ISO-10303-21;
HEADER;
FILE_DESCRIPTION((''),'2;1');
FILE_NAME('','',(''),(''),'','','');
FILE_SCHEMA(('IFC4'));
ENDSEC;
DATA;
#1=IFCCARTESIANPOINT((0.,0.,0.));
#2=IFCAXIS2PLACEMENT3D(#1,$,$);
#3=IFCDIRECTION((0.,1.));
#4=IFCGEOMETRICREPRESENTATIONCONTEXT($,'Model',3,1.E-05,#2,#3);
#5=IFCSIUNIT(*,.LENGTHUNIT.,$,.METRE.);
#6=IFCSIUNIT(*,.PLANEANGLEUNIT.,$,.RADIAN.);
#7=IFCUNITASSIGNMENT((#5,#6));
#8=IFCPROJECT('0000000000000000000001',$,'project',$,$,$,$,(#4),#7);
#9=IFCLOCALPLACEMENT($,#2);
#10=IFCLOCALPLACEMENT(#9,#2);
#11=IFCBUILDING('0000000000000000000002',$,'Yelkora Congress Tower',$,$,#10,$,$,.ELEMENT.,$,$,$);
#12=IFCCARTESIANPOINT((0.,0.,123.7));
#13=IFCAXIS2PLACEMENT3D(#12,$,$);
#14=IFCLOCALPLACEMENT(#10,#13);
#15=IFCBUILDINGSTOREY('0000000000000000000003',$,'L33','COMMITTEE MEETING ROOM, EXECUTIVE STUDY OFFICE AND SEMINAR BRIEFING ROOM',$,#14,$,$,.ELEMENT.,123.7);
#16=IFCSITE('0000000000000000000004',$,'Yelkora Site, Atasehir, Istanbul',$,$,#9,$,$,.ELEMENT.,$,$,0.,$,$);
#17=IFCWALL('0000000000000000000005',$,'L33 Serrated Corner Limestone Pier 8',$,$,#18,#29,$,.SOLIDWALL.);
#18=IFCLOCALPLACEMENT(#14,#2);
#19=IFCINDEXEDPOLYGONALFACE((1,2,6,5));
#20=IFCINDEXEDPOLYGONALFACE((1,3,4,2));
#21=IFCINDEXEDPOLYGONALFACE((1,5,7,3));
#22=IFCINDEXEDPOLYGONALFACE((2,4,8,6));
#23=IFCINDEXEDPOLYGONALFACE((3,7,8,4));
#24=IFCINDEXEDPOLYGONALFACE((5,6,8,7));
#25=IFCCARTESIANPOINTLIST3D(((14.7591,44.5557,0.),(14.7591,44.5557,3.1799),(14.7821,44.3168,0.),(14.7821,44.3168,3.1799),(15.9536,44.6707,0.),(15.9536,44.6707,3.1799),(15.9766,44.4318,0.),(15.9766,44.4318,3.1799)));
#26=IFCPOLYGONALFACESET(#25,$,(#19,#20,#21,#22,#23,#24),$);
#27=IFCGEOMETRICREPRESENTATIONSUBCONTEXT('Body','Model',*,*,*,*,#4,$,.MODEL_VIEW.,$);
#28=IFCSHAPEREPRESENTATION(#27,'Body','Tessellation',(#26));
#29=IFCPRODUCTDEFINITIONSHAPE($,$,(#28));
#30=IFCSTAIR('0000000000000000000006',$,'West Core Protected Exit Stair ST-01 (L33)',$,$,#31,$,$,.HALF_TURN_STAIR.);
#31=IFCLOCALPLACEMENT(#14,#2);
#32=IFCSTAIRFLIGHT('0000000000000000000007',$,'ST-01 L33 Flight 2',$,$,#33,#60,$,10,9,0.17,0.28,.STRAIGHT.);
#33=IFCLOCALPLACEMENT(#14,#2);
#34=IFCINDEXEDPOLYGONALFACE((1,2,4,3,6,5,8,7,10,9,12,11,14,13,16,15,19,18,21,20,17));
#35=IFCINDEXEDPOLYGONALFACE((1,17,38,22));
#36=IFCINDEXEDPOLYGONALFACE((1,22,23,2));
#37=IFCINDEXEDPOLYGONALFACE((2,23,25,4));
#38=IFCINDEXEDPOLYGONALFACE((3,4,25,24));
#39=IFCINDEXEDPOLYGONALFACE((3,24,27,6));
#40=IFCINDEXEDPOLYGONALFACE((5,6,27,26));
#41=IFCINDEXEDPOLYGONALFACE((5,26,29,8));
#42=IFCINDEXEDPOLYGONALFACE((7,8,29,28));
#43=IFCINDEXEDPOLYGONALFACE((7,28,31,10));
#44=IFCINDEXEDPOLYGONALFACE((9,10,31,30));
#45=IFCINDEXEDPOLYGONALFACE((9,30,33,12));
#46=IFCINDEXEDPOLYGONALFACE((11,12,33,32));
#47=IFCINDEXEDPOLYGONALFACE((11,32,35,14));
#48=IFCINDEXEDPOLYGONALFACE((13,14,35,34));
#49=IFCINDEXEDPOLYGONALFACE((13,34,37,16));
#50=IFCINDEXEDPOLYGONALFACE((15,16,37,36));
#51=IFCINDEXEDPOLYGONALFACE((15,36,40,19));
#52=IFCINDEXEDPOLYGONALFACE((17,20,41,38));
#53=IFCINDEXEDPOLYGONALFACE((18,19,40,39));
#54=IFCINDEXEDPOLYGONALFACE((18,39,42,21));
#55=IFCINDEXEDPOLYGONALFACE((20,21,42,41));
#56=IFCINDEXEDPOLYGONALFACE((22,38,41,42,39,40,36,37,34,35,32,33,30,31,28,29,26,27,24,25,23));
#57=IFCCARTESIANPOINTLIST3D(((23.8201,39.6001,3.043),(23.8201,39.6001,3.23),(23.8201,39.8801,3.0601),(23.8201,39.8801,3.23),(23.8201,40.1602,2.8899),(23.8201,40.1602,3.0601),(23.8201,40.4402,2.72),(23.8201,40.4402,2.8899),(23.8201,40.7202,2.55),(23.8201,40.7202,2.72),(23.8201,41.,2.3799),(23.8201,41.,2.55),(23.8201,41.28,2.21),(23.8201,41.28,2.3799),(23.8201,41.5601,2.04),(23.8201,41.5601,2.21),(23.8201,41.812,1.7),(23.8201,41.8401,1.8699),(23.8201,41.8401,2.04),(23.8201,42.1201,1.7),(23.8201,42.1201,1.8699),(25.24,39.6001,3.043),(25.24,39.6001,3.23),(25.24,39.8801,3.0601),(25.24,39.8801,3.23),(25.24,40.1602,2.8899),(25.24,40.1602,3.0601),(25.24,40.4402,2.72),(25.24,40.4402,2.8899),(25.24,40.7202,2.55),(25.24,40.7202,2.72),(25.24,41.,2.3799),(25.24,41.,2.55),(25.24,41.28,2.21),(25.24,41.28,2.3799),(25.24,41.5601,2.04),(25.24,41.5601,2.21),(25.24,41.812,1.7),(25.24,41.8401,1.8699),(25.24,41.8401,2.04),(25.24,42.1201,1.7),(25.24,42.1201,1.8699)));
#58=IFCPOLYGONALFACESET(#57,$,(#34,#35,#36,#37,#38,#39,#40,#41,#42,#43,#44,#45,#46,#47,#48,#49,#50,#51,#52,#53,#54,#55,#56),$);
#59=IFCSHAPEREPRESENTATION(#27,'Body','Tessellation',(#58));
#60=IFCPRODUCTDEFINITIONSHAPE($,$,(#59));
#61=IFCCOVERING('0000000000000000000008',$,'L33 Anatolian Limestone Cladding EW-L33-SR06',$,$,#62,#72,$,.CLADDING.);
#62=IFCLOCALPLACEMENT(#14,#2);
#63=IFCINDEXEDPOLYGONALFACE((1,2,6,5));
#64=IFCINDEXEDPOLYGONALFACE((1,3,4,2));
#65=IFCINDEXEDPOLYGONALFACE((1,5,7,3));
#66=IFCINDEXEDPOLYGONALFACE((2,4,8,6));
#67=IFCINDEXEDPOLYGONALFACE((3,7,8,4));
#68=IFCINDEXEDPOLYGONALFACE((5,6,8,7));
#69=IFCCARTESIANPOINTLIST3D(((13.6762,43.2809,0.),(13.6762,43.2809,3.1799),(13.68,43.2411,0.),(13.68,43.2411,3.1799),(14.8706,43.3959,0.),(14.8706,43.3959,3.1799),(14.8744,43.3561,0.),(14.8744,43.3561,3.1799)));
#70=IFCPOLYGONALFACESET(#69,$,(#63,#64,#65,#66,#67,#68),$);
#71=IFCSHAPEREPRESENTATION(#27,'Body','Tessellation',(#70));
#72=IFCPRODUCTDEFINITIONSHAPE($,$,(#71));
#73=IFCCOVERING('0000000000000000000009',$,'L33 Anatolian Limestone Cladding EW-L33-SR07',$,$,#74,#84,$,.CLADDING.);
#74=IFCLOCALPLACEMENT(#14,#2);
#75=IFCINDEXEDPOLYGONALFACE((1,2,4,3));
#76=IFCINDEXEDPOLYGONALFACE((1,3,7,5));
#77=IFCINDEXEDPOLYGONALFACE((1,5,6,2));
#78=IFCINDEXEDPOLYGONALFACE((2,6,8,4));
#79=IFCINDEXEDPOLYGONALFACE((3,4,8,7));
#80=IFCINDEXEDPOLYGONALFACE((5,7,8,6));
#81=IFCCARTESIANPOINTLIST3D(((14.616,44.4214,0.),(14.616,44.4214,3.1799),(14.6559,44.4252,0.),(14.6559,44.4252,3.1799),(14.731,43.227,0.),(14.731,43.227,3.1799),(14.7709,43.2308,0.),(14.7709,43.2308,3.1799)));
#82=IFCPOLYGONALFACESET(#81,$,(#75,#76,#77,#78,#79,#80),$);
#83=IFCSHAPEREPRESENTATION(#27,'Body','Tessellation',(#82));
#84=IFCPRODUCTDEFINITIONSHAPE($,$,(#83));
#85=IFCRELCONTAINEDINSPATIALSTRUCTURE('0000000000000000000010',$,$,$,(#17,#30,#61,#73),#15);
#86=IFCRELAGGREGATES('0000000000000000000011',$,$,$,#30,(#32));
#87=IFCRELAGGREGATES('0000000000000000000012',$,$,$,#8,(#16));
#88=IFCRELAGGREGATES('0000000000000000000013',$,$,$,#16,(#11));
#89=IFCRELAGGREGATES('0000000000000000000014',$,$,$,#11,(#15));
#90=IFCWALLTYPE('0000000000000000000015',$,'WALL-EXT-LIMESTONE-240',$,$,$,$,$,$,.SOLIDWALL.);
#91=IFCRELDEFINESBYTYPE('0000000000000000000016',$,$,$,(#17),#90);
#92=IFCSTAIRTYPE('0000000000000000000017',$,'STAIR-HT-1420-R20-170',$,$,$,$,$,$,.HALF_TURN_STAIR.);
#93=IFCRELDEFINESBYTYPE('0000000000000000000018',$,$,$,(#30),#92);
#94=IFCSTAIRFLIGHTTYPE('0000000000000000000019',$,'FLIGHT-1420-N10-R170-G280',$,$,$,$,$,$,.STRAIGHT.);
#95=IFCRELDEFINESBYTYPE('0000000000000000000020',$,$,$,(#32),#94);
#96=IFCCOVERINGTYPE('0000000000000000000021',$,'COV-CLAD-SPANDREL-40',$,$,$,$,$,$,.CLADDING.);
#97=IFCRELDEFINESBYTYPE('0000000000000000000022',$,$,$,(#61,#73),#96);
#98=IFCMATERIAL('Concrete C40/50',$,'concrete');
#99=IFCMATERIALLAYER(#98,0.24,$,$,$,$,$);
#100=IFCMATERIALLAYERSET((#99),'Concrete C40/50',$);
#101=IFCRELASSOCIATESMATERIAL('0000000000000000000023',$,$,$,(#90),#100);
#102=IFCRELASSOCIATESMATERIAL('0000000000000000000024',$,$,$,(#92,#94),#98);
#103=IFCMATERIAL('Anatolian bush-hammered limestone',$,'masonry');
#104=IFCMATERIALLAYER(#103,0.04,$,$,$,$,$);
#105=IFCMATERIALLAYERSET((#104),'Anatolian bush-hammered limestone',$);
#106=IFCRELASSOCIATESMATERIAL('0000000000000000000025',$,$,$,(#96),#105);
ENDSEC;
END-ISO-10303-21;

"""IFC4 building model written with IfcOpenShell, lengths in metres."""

from ifc_helpers import new_model, si_unit, direction, frame, frame_2d, origin, place, context, subcontext, project, spatial, polyline, rectangle, outline, extrude, material, layer, layer_set, type_object, element, aggregate, save


model = new_model("IFC4")

# Units and contexts
model_context = context("Model", 3, precision=1e-05, world=origin(), true_north=direction((0.0, 1.0)))
body_context = subcontext(model_context, "Body", "Model", "MODEL_VIEW")
ifc_project = project(units=[si_unit("LENGTHUNIT", "METRE"), si_unit("PLANEANGLEUNIT", "RADIAN")], contexts=[model_context])

# Site, building, storey
site_placement = place(None, origin())
site = spatial("IfcSite", under=ifc_project, at=site_placement, Name="Yelkora Site, Atasehir, Istanbul", CompositionType="ELEMENT", RefElevation=0.0)
building_placement = place(site_placement, origin())
building = spatial("IfcBuilding", under=site, at=building_placement, Name="Yelkora Congress Tower", CompositionType="ELEMENT")
storey_placement = place(building_placement, frame((0.0, 0.0, 123.7)))
storey = spatial("IfcBuildingStorey", under=building, at=storey_placement, Name="L33", Description="COMMITTEE MEETING ROOM, EXECUTIVE STUDY OFFICE AND SEMINAR BRIEFING ROOM", CompositionType="ELEMENT", Elevation=123.7)

# Wall
ifc_material_1 = material(Name="Concrete C40/50", Category="concrete")
ifc_layer_1 = layer(ifc_material_1, 0.24)
ifc_layer_set_1 = layer_set([ifc_layer_1], Name="Concrete C40/50")
wall_type_1 = type_object("IfcWallType", Name="WALL-EXT-LIMESTONE-240", PredefinedType="SOLIDWALL", material=ifc_layer_set_1)
wall_1_placement = place(storey_placement, frame((14.7705, 44.4363, 0.0), z_axis=(0.0, 0.0, 1.0), x_axis=(0.995397, 0.095836, 0.0)))
element("IfcWall", 1, at=wall_1_placement, inside=storey, type_object=wall_type_1, Name="L33 Serrated Corner Limestone Pier 8", PredefinedType="SOLIDWALL", context=body_context, shape_type="SweptSolid", body=[
    extrude(rectangle(XDim=1.2, YDim=0.24, at=frame_2d((0.6001, 0.0))), origin(), (0.0, 0.0, 1.0), 3.1799),
])

# Stair, stair flight
stair_type = type_object("IfcStairType", Name="STAIR-HT-1420-R20-170", PredefinedType="HALF_TURN_STAIR", material=ifc_material_1)
stair_placement = place(storey_placement, origin())
stair = element("IfcStair", 2, at=stair_placement, inside=storey, type_object=stair_type, Name="West Core Protected Exit Stair ST-01 (L33)", PredefinedType="HALF_TURN_STAIR")
stair_flight_type = type_object("IfcStairFlightType", Name="FLIGHT-1420-N10-R170-G280", PredefinedType="STRAIGHT", material=ifc_material_1)
stair_flight_placement = place(storey_placement, frame((24.53, 42.1201, 1.7), z_axis=(0.0, 0.0, 1.0), x_axis=(0.0, -1.0, 0.0)))
stair_flight = element("IfcStairFlight", 3, at=stair_flight_placement, type_object=stair_flight_type, Name="ST-01 L33 Flight 2", NumberOfRisers=10, NumberOfTreads=9, PredefinedType="STRAIGHT", RiserHeight=0.17, TreadLength=0.28, context=body_context, shape_type="SweptSolid", body=[
    extrude(outline(polyline([(0.0, 0.0), (0.0, 0.1699), (0.28, 0.1699), (0.28, 0.3401), (0.5601, 0.3401), (0.5601, 0.51), (0.8401, 0.51), (0.8401, 0.6799), (1.1201, 0.6799), (1.1201, 0.8501), (1.3999, 0.8501), (1.3999, 1.02), (1.6799, 1.02), (1.6799, 1.1899), (1.96, 1.1899), (1.96, 1.3601), (2.24, 1.3601), (2.24, 1.53), (2.52, 1.53), (2.52, 1.7), (2.52, 1.343), (0.3081, 0.0), (0.0, 0.0)])), frame((0.0, 0.71, 0.0), z_axis=(0.0, -1.0, 0.0), x_axis=(1.0, 0.0, 0.0)), (0.0, 0.0, 1.0), 1.4199),
])
aggregate(stair, [stair_flight])

# Coverings
ifc_material_2 = material(Name="Anatolian bush-hammered limestone", Category="masonry")
ifc_layer_2 = layer(ifc_material_2, 0.04)
ifc_layer_set_2 = layer_set([ifc_layer_2], Name="Anatolian bush-hammered limestone")
covering_type = type_object("IfcCoveringType", Name="COV-CLAD-SPANDREL-40", PredefinedType="CLADDING", material=ifc_layer_set_2)
for number, where, z_axis, x_axis, name in (
    (4, (13.678, 43.261, 0.0), (0.0, 0.0, 1.0), (0.995397, 0.095836, 0.0), "L33 Anatolian Limestone Cladding EW-L33-SR06"),
    (5, (14.751, 43.2288, 0.0), (0.0, 0.0, 1.0), (-0.095836, 0.995397, 0.0), "L33 Anatolian Limestone Cladding EW-L33-SR07"),
):
    element("IfcCovering", number, at=place(storey_placement, frame(where, z_axis=z_axis, x_axis=x_axis)), inside=storey, type_object=covering_type, Name=name, PredefinedType="CLADDING", context=body_context, shape_type="SweptSolid", body=[
        extrude(rectangle(XDim=1.2, YDim=0.04, at=frame_2d((0.6001, 0.0))), origin(), (0.0, 0.0, 1.0), 3.1799),
    ])

save(model, "model.ifc")
